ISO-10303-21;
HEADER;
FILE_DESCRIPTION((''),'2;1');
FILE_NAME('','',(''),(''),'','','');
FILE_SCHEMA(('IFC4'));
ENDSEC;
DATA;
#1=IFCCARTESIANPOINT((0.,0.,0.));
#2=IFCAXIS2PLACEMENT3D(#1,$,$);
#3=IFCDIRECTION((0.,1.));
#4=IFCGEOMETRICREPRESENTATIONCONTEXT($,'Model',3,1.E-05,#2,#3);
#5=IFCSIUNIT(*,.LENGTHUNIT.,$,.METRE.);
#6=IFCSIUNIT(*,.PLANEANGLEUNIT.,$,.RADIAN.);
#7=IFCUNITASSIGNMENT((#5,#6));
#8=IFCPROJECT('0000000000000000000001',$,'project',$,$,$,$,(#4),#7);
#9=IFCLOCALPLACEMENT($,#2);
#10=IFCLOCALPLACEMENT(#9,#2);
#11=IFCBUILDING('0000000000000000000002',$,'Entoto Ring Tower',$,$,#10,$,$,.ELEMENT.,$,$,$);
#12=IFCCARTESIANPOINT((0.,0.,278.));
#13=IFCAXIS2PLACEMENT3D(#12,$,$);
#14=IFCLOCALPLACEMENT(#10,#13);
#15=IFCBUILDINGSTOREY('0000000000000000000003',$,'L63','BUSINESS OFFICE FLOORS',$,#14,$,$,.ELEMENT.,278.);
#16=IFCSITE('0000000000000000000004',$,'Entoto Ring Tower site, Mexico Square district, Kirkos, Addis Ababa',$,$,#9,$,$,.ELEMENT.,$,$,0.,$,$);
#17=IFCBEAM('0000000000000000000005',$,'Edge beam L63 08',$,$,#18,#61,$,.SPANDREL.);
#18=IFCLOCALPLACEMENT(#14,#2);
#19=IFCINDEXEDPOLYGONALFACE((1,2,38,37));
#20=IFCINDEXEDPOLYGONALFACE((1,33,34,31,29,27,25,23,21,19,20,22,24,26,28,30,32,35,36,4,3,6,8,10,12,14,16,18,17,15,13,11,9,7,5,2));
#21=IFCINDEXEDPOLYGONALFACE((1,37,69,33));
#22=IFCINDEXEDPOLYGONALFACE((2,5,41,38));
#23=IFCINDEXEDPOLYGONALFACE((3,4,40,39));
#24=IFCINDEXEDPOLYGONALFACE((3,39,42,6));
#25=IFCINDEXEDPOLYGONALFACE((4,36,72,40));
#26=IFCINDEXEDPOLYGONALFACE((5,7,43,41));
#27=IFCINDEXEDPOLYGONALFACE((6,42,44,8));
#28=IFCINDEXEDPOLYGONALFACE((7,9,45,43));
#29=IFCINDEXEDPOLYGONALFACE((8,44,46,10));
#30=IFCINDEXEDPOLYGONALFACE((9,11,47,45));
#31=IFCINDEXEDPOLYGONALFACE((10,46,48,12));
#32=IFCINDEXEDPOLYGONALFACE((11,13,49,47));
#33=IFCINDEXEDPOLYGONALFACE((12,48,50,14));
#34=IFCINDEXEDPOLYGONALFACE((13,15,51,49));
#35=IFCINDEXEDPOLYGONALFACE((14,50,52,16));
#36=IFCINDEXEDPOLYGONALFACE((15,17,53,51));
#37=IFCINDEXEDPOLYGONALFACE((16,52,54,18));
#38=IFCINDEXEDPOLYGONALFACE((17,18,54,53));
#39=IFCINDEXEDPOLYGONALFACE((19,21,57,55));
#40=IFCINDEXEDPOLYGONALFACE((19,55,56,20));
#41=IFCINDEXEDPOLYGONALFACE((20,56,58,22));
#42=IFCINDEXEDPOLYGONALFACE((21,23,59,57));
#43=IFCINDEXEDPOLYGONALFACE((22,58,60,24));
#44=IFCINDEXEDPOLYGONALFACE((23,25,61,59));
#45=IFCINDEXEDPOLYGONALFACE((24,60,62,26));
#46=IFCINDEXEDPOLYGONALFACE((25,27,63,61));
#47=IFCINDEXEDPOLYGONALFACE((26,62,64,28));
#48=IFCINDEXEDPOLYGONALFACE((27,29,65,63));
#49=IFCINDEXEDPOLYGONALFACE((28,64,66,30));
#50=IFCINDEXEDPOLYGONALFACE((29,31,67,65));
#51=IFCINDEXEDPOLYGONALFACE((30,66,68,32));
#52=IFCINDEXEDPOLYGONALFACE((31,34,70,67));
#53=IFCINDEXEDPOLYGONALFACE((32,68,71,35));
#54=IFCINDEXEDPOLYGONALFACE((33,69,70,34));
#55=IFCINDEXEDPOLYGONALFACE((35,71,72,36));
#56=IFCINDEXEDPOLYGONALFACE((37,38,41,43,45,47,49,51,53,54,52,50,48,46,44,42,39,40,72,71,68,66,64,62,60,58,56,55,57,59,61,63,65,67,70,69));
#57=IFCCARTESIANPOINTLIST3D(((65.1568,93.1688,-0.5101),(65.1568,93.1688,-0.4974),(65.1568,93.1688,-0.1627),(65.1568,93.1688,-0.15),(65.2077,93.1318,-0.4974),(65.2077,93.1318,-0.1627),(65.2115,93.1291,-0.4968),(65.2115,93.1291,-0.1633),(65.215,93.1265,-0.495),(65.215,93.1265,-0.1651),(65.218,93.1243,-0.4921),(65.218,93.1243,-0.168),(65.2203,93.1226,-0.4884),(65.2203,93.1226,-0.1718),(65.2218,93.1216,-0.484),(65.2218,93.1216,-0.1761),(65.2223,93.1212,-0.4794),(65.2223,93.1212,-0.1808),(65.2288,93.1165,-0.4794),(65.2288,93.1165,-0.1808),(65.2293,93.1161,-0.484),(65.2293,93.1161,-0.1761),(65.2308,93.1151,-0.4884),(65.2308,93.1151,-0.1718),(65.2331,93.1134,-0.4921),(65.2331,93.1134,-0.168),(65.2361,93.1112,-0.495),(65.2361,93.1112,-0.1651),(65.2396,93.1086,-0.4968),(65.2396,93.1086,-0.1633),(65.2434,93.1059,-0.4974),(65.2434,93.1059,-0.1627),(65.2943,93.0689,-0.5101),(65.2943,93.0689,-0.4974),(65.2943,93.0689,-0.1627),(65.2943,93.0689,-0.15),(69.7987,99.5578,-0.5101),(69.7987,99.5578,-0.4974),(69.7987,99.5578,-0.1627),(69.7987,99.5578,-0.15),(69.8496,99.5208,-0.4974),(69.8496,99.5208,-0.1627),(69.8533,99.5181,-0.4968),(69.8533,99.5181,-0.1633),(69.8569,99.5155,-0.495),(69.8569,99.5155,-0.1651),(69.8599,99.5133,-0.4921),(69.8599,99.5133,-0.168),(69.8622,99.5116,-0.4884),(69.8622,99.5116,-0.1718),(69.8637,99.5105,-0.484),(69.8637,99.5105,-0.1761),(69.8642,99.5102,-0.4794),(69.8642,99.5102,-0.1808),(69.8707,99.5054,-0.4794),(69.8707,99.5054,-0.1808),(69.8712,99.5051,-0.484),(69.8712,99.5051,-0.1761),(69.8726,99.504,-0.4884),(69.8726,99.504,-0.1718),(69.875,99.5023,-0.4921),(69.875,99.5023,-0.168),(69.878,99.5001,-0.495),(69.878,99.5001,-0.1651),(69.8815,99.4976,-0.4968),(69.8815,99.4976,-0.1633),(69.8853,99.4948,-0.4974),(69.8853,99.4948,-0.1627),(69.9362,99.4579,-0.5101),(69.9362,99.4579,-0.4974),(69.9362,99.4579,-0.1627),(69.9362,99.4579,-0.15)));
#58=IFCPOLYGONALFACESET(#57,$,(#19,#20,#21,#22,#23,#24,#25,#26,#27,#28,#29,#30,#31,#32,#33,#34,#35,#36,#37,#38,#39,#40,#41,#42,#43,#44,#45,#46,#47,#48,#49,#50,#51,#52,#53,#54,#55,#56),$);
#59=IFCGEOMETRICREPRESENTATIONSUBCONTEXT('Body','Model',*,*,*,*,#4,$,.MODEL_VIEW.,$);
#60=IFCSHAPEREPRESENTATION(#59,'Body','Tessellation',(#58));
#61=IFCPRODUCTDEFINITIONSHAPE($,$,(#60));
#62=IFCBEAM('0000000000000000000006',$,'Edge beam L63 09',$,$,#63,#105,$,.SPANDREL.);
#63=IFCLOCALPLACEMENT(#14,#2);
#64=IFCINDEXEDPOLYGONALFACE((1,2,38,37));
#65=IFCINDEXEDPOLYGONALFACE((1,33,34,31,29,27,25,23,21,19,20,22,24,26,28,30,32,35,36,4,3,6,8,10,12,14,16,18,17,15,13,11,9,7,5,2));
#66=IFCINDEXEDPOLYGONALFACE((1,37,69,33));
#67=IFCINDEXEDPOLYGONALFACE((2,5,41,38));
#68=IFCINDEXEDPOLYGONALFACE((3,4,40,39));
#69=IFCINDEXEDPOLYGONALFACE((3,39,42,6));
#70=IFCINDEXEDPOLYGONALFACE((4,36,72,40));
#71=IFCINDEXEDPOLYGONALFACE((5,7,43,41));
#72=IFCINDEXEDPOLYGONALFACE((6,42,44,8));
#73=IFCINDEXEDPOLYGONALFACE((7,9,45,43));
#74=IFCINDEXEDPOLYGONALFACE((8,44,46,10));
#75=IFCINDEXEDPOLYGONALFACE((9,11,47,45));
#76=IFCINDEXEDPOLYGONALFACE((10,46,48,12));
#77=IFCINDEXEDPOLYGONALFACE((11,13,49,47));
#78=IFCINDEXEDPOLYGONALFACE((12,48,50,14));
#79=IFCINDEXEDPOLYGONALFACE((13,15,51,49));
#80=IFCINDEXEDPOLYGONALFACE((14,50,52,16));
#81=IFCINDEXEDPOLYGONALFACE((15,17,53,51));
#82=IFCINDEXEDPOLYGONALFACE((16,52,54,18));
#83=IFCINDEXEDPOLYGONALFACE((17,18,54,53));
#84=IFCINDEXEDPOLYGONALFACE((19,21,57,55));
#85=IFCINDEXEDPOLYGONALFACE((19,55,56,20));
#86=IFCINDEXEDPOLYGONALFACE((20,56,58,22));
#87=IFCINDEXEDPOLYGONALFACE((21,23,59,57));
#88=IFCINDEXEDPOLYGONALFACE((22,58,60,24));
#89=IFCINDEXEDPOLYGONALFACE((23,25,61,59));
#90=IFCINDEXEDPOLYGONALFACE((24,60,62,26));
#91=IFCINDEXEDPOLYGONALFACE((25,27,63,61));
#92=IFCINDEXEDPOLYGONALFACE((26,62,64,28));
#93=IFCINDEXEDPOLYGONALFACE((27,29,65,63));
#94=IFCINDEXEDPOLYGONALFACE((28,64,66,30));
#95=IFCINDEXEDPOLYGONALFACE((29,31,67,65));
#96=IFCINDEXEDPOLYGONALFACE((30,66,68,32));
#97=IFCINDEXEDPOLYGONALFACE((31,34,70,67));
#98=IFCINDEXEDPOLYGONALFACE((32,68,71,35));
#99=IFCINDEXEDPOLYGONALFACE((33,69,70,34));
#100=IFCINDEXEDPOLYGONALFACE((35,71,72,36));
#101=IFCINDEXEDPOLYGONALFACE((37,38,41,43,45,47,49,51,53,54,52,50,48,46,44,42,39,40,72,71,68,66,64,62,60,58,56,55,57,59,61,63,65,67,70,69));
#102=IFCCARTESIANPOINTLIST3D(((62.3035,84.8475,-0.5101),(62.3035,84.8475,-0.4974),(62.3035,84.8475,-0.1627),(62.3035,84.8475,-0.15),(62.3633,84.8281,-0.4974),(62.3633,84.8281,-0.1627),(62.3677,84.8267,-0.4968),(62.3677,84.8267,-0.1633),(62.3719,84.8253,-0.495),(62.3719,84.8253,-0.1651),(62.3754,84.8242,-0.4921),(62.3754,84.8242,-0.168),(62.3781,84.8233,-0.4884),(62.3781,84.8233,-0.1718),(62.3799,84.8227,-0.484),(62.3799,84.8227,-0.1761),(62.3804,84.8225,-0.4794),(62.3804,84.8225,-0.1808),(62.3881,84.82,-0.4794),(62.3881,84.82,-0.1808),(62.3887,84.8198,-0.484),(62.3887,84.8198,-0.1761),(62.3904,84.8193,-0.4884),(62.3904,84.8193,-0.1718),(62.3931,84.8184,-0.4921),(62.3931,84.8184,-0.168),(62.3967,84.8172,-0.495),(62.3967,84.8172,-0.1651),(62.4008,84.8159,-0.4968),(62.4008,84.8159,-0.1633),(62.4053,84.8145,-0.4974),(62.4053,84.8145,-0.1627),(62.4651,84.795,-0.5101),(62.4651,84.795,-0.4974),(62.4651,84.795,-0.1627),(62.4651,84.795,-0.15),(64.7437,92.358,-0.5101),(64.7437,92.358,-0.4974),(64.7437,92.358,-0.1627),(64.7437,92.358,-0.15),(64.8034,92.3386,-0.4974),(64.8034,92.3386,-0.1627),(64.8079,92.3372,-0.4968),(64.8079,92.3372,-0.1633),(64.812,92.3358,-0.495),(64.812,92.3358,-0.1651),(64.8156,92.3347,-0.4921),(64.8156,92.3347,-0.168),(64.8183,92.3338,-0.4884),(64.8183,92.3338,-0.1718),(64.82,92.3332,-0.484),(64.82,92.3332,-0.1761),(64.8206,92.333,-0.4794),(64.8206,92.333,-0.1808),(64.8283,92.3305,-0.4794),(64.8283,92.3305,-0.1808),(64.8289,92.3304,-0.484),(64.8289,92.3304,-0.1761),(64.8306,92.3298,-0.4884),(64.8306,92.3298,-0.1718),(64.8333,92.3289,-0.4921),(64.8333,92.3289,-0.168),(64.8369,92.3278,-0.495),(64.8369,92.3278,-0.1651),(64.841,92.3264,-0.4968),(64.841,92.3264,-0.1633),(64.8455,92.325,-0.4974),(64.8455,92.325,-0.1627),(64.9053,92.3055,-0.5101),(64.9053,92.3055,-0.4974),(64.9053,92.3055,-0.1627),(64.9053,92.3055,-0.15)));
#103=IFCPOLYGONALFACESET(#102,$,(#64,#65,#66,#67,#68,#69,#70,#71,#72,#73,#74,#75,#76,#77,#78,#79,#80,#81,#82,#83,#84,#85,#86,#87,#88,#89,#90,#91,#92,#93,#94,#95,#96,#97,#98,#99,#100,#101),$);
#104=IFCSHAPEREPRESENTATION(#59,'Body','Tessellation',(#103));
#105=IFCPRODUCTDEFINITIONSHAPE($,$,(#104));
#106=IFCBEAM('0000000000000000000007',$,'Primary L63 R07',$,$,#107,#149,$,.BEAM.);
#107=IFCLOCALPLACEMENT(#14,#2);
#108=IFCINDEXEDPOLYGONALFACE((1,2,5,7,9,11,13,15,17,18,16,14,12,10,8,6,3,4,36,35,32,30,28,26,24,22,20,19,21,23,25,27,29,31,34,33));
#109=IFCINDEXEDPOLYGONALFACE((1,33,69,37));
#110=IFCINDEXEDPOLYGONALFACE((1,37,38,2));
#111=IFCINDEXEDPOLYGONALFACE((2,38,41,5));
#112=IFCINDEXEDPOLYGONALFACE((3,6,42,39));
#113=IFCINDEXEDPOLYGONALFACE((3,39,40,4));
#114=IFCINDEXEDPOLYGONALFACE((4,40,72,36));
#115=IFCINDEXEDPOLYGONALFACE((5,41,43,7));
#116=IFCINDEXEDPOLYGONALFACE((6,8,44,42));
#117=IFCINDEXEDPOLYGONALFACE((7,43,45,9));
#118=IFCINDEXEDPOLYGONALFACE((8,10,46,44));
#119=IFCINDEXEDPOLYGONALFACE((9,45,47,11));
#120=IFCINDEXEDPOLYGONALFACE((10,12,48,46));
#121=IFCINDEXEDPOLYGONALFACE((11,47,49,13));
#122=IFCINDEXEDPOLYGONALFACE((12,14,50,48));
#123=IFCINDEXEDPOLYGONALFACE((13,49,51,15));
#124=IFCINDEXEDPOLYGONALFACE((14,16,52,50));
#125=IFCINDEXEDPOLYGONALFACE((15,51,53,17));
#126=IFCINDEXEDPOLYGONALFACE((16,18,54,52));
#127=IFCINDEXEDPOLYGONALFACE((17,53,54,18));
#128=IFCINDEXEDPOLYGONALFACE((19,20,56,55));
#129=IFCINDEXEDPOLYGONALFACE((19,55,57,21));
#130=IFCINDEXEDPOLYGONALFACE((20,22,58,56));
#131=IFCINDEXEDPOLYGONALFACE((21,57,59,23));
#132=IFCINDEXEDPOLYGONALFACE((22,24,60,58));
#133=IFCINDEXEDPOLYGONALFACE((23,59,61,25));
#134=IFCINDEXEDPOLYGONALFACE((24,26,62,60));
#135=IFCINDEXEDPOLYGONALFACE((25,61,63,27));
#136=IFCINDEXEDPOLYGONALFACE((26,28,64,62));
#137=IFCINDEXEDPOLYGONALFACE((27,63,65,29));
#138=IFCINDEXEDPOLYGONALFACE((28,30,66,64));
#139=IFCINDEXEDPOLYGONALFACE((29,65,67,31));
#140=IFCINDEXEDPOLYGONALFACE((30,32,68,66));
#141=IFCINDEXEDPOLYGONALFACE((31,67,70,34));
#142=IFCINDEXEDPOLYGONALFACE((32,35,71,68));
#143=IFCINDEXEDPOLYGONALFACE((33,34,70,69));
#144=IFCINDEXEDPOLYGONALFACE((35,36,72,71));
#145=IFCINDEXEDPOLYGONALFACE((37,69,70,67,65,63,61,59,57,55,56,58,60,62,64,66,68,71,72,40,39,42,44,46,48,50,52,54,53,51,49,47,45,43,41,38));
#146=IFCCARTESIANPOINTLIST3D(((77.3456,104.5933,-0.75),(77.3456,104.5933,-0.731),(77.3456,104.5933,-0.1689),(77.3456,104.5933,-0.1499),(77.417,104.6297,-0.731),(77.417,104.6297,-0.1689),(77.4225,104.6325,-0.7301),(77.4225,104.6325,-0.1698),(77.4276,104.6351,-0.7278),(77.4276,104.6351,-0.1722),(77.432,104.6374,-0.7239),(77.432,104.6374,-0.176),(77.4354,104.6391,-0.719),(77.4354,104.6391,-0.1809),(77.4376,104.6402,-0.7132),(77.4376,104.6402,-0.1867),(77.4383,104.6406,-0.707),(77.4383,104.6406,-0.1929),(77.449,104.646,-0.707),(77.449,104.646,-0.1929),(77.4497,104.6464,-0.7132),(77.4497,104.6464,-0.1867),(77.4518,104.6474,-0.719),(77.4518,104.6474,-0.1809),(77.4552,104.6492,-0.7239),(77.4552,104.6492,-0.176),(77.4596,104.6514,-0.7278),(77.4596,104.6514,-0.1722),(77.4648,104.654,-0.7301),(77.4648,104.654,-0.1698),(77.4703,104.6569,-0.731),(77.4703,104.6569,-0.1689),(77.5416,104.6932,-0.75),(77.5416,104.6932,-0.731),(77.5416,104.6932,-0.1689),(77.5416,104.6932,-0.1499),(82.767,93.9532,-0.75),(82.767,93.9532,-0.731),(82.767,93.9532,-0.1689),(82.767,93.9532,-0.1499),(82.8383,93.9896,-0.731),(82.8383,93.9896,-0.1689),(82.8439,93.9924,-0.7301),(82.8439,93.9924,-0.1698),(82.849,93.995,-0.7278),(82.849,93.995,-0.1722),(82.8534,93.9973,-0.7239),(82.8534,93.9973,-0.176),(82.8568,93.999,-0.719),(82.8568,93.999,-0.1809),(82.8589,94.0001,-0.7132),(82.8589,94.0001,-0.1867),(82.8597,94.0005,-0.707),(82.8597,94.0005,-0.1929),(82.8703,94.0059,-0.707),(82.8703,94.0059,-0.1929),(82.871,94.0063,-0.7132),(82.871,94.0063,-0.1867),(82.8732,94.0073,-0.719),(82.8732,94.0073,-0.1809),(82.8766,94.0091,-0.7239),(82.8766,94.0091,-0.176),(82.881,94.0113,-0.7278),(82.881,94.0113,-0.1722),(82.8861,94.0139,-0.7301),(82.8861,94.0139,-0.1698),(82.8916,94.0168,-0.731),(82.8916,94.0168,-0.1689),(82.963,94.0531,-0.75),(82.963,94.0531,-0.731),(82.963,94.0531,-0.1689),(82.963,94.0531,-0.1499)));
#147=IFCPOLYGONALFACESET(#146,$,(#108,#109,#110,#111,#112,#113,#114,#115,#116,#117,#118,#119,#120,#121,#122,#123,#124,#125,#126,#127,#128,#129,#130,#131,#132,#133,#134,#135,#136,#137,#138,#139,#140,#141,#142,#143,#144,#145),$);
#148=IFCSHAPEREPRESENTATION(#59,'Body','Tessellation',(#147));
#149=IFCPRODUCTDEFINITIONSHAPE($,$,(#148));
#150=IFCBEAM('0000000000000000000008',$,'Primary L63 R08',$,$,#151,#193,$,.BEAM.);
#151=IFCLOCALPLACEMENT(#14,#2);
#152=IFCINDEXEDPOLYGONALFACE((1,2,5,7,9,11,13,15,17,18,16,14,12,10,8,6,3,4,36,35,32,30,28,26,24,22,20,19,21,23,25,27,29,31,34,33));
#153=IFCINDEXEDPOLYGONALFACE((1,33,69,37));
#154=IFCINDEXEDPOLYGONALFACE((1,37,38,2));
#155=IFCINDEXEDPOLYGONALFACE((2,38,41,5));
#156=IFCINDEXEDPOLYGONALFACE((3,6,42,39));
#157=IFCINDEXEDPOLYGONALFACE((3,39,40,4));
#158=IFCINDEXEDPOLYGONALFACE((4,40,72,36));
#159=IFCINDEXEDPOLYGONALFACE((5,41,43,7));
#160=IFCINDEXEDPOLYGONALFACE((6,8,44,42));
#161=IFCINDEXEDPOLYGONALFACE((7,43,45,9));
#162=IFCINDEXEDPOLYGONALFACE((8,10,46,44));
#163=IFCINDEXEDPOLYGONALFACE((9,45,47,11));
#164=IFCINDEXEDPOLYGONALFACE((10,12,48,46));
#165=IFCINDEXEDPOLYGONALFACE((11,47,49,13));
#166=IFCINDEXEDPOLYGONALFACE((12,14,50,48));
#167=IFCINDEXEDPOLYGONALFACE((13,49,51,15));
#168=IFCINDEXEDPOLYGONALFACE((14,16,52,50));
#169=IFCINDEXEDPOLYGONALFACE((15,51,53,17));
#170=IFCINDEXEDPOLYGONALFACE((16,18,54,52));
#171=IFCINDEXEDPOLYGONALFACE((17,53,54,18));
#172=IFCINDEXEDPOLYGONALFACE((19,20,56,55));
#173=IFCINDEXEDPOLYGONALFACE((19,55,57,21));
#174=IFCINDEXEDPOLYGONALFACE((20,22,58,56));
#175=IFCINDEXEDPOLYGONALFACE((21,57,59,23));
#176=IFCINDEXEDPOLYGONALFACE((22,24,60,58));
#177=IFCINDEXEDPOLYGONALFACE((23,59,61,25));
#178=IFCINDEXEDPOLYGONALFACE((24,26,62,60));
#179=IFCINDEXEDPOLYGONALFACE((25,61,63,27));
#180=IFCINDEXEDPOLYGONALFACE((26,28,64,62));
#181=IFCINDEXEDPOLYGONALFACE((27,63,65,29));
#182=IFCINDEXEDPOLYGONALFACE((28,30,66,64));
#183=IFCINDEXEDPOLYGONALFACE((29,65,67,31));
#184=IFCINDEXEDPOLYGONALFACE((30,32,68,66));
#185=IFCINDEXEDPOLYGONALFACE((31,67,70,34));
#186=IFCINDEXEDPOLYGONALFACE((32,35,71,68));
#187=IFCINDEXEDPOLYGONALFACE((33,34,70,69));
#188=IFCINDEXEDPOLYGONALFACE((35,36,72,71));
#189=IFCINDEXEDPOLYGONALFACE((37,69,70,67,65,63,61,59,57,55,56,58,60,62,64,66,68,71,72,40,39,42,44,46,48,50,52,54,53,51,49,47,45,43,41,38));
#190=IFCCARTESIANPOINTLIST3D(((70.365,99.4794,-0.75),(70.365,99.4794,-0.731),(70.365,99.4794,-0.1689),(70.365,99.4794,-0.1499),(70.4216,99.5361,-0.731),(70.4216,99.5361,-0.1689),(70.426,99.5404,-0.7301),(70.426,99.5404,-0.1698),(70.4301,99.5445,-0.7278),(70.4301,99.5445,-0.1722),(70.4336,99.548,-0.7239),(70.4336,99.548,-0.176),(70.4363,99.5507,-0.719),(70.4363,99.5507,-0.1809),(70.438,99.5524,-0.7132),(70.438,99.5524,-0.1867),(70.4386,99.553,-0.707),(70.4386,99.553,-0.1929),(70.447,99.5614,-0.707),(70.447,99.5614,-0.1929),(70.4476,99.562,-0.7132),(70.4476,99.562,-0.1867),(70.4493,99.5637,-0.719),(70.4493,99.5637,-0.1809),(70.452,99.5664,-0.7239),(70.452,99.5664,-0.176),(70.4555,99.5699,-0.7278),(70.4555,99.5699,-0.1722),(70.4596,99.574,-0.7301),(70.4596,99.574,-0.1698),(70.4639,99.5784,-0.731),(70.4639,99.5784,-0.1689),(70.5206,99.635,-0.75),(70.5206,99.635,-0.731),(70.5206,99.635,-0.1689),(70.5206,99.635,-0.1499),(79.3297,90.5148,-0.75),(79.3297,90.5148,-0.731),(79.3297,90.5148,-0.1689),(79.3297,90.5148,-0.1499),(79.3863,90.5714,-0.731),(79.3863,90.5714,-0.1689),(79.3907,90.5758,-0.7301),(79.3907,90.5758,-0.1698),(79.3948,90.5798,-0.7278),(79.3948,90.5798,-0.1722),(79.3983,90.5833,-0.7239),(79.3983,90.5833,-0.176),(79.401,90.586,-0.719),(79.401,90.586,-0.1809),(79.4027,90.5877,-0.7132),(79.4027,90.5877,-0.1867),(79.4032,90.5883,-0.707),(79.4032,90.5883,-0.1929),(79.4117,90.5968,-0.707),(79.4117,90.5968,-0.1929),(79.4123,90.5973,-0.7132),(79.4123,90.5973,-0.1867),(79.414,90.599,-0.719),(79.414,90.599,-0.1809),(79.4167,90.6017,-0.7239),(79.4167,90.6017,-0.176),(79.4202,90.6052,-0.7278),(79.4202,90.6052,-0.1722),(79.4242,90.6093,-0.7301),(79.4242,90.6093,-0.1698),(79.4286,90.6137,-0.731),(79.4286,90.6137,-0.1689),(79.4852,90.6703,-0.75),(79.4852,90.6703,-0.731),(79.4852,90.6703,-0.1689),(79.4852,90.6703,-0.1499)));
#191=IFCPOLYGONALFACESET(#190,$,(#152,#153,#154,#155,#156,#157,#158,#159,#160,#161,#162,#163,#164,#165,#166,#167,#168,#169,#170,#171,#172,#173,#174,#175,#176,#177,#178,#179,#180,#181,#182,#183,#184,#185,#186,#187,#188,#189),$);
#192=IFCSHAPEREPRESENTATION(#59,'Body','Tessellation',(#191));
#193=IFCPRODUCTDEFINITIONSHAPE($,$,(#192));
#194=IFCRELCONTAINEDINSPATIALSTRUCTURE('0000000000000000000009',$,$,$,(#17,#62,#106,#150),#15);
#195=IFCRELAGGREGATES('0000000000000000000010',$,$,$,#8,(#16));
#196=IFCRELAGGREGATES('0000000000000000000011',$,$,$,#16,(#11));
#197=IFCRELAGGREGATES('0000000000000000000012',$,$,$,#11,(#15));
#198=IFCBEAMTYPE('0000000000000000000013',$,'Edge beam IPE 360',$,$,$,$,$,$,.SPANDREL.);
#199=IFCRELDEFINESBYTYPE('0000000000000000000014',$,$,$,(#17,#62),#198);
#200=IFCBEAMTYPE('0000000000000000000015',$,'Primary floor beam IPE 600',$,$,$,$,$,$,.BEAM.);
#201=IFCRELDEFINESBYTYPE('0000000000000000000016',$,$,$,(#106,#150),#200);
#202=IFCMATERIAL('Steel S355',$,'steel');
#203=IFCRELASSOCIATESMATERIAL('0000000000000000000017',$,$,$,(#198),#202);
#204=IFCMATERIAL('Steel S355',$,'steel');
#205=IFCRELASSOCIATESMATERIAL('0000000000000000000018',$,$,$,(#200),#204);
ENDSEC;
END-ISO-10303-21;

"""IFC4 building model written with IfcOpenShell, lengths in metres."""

from ifc_helpers import new_model, si_unit, direction, frame, origin, origin_2d, place, context, subcontext, project, spatial, i_section, extrude, material, material_profile, profile_set, type_object, element, save


model = new_model("IFC4")

# Units and contexts
model_context = context("Model", 3, precision=1e-05, world=origin(), true_north=direction((0.0, 1.0)))
body_context = subcontext(model_context, "Body", "Model", "MODEL_VIEW")
ifc_project = project(units=[si_unit("LENGTHUNIT", "METRE"), si_unit("PLANEANGLEUNIT", "RADIAN")], contexts=[model_context])

# Site, building, storey
site_placement = place(None, origin())
site = spatial("IfcSite", under=ifc_project, at=site_placement, Name="Entoto Ring Tower site, Mexico Square district, Kirkos, Addis Ababa", CompositionType="ELEMENT", RefElevation=0.0)
building_placement = place(site_placement, origin())
building = spatial("IfcBuilding", under=site, at=building_placement, Name="Entoto Ring Tower", CompositionType="ELEMENT")
storey_placement = place(building_placement, frame((0.0, 0.0, 278.0)))
storey = spatial("IfcBuildingStorey", under=building, at=storey_placement, Name="L63", Description="BUSINESS OFFICE FLOORS", CompositionType="ELEMENT", Elevation=278.0)

# Beams
ifc_material_1 = material(Name="Steel S355", Category="steel")
ifc_material_profile_1 = material_profile(ifc_material_1, i_section(OverallWidth=0.1699, OverallDepth=0.3601, WebThickness=0.0081, FlangeThickness=0.0127, FilletRadius=0.0181, at=origin_2d()), Name="IPE 360")
ifc_profile_set_1 = profile_set([ifc_material_profile_1], Name="Steel S355")
beam_type_1 = type_object("IfcBeamType", Name="Edge beam IPE 360", PredefinedType="SPANDREL", material=ifc_profile_set_1)
for number, where, z_axis, x_axis, name in (
    (1, (69.8674, 99.5078, -0.3301), (-0.587787, -0.809015, 0.0), (0.809015, -0.587787, 0.0), "Edge beam L63 08"),
):
    element("IfcBeam", number, at=place(storey_placement, frame(where, z_axis=z_axis, x_axis=x_axis)), inside=storey, type_object=beam_type_1, Name=name, PredefinedType="SPANDREL", context=body_context, shape_type="SweptSolid", body=[
        extrude(i_section(OverallWidth=0.1699, OverallDepth=0.3601, WebThickness=0.0081, FlangeThickness=0.0127, FilletRadius=0.0181, at=origin_2d()), origin(), (0.0, 0.0, 1.0), 7.8972),
    ])
beam_1_placement = place(storey_placement, frame((64.8245, 92.3318, -0.3301), z_axis=(-0.309003, -0.951061, 0.0), x_axis=(0.951061, -0.309003, 0.0)))
element("IfcBeam", 2, at=beam_1_placement, inside=storey, type_object=beam_type_1, Name="Edge beam L63 09", PredefinedType="SPANDREL", context=body_context, shape_type="SweptSolid", body=[
    extrude(i_section(OverallWidth=0.1699, OverallDepth=0.3601, WebThickness=0.0081, FlangeThickness=0.0127, FilletRadius=0.0181, at=origin_2d()), origin(), (0.0, 0.0, 1.0), 7.897),
])
ifc_material_2 = material(Name="Steel S355", Category="steel")
ifc_material_profile_2 = material_profile(ifc_material_2, i_section(OverallWidth=0.22, OverallDepth=0.6001, WebThickness=0.012, FlangeThickness=0.019, FilletRadius=0.0239, at=origin_2d()), Name="IPE 600")
ifc_profile_set_2 = profile_set([ifc_material_profile_2], Name="Steel S355")
beam_type_2 = type_object("IfcBeamType", Name="Primary floor beam IPE 600", PredefinedType="BEAM", material=ifc_profile_set_2)
beam_2_placement = place(storey_placement, frame((82.865, 94.0032, -0.45), z_axis=(-0.453988, 0.891008, 0.0), x_axis=(-0.891008, -0.453988, 0.0)))
element("IfcBeam", 3, at=beam_2_placement, inside=storey, type_object=beam_type_2, Name="Primary L63 R07", PredefinedType="BEAM", context=body_context, shape_type="SweptSolid", body=[
    extrude(i_section(OverallWidth=0.22, OverallDepth=0.6001, WebThickness=0.012, FlangeThickness=0.019, FilletRadius=0.0239, at=origin_2d()), origin(), (0.0, 0.0, 1.0), 11.9417),
])
beam_3_placement = place(storey_placement, frame((79.4075, 90.5925, -0.45), z_axis=(-0.707107, 0.707107, 0.0), x_axis=(-0.707107, -0.707107, 0.0)))
element("IfcBeam", 4, at=beam_3_placement, inside=storey, type_object=beam_type_2, Name="Primary L63 R08", PredefinedType="BEAM", context=body_context, shape_type="SweptSolid", body=[
    extrude(i_section(OverallWidth=0.22, OverallDepth=0.6001, WebThickness=0.012, FlangeThickness=0.019, FilletRadius=0.0239, at=origin_2d()), origin(), (0.0, 0.0, 1.0), 12.678),
])

save(model, "model.ifc")
